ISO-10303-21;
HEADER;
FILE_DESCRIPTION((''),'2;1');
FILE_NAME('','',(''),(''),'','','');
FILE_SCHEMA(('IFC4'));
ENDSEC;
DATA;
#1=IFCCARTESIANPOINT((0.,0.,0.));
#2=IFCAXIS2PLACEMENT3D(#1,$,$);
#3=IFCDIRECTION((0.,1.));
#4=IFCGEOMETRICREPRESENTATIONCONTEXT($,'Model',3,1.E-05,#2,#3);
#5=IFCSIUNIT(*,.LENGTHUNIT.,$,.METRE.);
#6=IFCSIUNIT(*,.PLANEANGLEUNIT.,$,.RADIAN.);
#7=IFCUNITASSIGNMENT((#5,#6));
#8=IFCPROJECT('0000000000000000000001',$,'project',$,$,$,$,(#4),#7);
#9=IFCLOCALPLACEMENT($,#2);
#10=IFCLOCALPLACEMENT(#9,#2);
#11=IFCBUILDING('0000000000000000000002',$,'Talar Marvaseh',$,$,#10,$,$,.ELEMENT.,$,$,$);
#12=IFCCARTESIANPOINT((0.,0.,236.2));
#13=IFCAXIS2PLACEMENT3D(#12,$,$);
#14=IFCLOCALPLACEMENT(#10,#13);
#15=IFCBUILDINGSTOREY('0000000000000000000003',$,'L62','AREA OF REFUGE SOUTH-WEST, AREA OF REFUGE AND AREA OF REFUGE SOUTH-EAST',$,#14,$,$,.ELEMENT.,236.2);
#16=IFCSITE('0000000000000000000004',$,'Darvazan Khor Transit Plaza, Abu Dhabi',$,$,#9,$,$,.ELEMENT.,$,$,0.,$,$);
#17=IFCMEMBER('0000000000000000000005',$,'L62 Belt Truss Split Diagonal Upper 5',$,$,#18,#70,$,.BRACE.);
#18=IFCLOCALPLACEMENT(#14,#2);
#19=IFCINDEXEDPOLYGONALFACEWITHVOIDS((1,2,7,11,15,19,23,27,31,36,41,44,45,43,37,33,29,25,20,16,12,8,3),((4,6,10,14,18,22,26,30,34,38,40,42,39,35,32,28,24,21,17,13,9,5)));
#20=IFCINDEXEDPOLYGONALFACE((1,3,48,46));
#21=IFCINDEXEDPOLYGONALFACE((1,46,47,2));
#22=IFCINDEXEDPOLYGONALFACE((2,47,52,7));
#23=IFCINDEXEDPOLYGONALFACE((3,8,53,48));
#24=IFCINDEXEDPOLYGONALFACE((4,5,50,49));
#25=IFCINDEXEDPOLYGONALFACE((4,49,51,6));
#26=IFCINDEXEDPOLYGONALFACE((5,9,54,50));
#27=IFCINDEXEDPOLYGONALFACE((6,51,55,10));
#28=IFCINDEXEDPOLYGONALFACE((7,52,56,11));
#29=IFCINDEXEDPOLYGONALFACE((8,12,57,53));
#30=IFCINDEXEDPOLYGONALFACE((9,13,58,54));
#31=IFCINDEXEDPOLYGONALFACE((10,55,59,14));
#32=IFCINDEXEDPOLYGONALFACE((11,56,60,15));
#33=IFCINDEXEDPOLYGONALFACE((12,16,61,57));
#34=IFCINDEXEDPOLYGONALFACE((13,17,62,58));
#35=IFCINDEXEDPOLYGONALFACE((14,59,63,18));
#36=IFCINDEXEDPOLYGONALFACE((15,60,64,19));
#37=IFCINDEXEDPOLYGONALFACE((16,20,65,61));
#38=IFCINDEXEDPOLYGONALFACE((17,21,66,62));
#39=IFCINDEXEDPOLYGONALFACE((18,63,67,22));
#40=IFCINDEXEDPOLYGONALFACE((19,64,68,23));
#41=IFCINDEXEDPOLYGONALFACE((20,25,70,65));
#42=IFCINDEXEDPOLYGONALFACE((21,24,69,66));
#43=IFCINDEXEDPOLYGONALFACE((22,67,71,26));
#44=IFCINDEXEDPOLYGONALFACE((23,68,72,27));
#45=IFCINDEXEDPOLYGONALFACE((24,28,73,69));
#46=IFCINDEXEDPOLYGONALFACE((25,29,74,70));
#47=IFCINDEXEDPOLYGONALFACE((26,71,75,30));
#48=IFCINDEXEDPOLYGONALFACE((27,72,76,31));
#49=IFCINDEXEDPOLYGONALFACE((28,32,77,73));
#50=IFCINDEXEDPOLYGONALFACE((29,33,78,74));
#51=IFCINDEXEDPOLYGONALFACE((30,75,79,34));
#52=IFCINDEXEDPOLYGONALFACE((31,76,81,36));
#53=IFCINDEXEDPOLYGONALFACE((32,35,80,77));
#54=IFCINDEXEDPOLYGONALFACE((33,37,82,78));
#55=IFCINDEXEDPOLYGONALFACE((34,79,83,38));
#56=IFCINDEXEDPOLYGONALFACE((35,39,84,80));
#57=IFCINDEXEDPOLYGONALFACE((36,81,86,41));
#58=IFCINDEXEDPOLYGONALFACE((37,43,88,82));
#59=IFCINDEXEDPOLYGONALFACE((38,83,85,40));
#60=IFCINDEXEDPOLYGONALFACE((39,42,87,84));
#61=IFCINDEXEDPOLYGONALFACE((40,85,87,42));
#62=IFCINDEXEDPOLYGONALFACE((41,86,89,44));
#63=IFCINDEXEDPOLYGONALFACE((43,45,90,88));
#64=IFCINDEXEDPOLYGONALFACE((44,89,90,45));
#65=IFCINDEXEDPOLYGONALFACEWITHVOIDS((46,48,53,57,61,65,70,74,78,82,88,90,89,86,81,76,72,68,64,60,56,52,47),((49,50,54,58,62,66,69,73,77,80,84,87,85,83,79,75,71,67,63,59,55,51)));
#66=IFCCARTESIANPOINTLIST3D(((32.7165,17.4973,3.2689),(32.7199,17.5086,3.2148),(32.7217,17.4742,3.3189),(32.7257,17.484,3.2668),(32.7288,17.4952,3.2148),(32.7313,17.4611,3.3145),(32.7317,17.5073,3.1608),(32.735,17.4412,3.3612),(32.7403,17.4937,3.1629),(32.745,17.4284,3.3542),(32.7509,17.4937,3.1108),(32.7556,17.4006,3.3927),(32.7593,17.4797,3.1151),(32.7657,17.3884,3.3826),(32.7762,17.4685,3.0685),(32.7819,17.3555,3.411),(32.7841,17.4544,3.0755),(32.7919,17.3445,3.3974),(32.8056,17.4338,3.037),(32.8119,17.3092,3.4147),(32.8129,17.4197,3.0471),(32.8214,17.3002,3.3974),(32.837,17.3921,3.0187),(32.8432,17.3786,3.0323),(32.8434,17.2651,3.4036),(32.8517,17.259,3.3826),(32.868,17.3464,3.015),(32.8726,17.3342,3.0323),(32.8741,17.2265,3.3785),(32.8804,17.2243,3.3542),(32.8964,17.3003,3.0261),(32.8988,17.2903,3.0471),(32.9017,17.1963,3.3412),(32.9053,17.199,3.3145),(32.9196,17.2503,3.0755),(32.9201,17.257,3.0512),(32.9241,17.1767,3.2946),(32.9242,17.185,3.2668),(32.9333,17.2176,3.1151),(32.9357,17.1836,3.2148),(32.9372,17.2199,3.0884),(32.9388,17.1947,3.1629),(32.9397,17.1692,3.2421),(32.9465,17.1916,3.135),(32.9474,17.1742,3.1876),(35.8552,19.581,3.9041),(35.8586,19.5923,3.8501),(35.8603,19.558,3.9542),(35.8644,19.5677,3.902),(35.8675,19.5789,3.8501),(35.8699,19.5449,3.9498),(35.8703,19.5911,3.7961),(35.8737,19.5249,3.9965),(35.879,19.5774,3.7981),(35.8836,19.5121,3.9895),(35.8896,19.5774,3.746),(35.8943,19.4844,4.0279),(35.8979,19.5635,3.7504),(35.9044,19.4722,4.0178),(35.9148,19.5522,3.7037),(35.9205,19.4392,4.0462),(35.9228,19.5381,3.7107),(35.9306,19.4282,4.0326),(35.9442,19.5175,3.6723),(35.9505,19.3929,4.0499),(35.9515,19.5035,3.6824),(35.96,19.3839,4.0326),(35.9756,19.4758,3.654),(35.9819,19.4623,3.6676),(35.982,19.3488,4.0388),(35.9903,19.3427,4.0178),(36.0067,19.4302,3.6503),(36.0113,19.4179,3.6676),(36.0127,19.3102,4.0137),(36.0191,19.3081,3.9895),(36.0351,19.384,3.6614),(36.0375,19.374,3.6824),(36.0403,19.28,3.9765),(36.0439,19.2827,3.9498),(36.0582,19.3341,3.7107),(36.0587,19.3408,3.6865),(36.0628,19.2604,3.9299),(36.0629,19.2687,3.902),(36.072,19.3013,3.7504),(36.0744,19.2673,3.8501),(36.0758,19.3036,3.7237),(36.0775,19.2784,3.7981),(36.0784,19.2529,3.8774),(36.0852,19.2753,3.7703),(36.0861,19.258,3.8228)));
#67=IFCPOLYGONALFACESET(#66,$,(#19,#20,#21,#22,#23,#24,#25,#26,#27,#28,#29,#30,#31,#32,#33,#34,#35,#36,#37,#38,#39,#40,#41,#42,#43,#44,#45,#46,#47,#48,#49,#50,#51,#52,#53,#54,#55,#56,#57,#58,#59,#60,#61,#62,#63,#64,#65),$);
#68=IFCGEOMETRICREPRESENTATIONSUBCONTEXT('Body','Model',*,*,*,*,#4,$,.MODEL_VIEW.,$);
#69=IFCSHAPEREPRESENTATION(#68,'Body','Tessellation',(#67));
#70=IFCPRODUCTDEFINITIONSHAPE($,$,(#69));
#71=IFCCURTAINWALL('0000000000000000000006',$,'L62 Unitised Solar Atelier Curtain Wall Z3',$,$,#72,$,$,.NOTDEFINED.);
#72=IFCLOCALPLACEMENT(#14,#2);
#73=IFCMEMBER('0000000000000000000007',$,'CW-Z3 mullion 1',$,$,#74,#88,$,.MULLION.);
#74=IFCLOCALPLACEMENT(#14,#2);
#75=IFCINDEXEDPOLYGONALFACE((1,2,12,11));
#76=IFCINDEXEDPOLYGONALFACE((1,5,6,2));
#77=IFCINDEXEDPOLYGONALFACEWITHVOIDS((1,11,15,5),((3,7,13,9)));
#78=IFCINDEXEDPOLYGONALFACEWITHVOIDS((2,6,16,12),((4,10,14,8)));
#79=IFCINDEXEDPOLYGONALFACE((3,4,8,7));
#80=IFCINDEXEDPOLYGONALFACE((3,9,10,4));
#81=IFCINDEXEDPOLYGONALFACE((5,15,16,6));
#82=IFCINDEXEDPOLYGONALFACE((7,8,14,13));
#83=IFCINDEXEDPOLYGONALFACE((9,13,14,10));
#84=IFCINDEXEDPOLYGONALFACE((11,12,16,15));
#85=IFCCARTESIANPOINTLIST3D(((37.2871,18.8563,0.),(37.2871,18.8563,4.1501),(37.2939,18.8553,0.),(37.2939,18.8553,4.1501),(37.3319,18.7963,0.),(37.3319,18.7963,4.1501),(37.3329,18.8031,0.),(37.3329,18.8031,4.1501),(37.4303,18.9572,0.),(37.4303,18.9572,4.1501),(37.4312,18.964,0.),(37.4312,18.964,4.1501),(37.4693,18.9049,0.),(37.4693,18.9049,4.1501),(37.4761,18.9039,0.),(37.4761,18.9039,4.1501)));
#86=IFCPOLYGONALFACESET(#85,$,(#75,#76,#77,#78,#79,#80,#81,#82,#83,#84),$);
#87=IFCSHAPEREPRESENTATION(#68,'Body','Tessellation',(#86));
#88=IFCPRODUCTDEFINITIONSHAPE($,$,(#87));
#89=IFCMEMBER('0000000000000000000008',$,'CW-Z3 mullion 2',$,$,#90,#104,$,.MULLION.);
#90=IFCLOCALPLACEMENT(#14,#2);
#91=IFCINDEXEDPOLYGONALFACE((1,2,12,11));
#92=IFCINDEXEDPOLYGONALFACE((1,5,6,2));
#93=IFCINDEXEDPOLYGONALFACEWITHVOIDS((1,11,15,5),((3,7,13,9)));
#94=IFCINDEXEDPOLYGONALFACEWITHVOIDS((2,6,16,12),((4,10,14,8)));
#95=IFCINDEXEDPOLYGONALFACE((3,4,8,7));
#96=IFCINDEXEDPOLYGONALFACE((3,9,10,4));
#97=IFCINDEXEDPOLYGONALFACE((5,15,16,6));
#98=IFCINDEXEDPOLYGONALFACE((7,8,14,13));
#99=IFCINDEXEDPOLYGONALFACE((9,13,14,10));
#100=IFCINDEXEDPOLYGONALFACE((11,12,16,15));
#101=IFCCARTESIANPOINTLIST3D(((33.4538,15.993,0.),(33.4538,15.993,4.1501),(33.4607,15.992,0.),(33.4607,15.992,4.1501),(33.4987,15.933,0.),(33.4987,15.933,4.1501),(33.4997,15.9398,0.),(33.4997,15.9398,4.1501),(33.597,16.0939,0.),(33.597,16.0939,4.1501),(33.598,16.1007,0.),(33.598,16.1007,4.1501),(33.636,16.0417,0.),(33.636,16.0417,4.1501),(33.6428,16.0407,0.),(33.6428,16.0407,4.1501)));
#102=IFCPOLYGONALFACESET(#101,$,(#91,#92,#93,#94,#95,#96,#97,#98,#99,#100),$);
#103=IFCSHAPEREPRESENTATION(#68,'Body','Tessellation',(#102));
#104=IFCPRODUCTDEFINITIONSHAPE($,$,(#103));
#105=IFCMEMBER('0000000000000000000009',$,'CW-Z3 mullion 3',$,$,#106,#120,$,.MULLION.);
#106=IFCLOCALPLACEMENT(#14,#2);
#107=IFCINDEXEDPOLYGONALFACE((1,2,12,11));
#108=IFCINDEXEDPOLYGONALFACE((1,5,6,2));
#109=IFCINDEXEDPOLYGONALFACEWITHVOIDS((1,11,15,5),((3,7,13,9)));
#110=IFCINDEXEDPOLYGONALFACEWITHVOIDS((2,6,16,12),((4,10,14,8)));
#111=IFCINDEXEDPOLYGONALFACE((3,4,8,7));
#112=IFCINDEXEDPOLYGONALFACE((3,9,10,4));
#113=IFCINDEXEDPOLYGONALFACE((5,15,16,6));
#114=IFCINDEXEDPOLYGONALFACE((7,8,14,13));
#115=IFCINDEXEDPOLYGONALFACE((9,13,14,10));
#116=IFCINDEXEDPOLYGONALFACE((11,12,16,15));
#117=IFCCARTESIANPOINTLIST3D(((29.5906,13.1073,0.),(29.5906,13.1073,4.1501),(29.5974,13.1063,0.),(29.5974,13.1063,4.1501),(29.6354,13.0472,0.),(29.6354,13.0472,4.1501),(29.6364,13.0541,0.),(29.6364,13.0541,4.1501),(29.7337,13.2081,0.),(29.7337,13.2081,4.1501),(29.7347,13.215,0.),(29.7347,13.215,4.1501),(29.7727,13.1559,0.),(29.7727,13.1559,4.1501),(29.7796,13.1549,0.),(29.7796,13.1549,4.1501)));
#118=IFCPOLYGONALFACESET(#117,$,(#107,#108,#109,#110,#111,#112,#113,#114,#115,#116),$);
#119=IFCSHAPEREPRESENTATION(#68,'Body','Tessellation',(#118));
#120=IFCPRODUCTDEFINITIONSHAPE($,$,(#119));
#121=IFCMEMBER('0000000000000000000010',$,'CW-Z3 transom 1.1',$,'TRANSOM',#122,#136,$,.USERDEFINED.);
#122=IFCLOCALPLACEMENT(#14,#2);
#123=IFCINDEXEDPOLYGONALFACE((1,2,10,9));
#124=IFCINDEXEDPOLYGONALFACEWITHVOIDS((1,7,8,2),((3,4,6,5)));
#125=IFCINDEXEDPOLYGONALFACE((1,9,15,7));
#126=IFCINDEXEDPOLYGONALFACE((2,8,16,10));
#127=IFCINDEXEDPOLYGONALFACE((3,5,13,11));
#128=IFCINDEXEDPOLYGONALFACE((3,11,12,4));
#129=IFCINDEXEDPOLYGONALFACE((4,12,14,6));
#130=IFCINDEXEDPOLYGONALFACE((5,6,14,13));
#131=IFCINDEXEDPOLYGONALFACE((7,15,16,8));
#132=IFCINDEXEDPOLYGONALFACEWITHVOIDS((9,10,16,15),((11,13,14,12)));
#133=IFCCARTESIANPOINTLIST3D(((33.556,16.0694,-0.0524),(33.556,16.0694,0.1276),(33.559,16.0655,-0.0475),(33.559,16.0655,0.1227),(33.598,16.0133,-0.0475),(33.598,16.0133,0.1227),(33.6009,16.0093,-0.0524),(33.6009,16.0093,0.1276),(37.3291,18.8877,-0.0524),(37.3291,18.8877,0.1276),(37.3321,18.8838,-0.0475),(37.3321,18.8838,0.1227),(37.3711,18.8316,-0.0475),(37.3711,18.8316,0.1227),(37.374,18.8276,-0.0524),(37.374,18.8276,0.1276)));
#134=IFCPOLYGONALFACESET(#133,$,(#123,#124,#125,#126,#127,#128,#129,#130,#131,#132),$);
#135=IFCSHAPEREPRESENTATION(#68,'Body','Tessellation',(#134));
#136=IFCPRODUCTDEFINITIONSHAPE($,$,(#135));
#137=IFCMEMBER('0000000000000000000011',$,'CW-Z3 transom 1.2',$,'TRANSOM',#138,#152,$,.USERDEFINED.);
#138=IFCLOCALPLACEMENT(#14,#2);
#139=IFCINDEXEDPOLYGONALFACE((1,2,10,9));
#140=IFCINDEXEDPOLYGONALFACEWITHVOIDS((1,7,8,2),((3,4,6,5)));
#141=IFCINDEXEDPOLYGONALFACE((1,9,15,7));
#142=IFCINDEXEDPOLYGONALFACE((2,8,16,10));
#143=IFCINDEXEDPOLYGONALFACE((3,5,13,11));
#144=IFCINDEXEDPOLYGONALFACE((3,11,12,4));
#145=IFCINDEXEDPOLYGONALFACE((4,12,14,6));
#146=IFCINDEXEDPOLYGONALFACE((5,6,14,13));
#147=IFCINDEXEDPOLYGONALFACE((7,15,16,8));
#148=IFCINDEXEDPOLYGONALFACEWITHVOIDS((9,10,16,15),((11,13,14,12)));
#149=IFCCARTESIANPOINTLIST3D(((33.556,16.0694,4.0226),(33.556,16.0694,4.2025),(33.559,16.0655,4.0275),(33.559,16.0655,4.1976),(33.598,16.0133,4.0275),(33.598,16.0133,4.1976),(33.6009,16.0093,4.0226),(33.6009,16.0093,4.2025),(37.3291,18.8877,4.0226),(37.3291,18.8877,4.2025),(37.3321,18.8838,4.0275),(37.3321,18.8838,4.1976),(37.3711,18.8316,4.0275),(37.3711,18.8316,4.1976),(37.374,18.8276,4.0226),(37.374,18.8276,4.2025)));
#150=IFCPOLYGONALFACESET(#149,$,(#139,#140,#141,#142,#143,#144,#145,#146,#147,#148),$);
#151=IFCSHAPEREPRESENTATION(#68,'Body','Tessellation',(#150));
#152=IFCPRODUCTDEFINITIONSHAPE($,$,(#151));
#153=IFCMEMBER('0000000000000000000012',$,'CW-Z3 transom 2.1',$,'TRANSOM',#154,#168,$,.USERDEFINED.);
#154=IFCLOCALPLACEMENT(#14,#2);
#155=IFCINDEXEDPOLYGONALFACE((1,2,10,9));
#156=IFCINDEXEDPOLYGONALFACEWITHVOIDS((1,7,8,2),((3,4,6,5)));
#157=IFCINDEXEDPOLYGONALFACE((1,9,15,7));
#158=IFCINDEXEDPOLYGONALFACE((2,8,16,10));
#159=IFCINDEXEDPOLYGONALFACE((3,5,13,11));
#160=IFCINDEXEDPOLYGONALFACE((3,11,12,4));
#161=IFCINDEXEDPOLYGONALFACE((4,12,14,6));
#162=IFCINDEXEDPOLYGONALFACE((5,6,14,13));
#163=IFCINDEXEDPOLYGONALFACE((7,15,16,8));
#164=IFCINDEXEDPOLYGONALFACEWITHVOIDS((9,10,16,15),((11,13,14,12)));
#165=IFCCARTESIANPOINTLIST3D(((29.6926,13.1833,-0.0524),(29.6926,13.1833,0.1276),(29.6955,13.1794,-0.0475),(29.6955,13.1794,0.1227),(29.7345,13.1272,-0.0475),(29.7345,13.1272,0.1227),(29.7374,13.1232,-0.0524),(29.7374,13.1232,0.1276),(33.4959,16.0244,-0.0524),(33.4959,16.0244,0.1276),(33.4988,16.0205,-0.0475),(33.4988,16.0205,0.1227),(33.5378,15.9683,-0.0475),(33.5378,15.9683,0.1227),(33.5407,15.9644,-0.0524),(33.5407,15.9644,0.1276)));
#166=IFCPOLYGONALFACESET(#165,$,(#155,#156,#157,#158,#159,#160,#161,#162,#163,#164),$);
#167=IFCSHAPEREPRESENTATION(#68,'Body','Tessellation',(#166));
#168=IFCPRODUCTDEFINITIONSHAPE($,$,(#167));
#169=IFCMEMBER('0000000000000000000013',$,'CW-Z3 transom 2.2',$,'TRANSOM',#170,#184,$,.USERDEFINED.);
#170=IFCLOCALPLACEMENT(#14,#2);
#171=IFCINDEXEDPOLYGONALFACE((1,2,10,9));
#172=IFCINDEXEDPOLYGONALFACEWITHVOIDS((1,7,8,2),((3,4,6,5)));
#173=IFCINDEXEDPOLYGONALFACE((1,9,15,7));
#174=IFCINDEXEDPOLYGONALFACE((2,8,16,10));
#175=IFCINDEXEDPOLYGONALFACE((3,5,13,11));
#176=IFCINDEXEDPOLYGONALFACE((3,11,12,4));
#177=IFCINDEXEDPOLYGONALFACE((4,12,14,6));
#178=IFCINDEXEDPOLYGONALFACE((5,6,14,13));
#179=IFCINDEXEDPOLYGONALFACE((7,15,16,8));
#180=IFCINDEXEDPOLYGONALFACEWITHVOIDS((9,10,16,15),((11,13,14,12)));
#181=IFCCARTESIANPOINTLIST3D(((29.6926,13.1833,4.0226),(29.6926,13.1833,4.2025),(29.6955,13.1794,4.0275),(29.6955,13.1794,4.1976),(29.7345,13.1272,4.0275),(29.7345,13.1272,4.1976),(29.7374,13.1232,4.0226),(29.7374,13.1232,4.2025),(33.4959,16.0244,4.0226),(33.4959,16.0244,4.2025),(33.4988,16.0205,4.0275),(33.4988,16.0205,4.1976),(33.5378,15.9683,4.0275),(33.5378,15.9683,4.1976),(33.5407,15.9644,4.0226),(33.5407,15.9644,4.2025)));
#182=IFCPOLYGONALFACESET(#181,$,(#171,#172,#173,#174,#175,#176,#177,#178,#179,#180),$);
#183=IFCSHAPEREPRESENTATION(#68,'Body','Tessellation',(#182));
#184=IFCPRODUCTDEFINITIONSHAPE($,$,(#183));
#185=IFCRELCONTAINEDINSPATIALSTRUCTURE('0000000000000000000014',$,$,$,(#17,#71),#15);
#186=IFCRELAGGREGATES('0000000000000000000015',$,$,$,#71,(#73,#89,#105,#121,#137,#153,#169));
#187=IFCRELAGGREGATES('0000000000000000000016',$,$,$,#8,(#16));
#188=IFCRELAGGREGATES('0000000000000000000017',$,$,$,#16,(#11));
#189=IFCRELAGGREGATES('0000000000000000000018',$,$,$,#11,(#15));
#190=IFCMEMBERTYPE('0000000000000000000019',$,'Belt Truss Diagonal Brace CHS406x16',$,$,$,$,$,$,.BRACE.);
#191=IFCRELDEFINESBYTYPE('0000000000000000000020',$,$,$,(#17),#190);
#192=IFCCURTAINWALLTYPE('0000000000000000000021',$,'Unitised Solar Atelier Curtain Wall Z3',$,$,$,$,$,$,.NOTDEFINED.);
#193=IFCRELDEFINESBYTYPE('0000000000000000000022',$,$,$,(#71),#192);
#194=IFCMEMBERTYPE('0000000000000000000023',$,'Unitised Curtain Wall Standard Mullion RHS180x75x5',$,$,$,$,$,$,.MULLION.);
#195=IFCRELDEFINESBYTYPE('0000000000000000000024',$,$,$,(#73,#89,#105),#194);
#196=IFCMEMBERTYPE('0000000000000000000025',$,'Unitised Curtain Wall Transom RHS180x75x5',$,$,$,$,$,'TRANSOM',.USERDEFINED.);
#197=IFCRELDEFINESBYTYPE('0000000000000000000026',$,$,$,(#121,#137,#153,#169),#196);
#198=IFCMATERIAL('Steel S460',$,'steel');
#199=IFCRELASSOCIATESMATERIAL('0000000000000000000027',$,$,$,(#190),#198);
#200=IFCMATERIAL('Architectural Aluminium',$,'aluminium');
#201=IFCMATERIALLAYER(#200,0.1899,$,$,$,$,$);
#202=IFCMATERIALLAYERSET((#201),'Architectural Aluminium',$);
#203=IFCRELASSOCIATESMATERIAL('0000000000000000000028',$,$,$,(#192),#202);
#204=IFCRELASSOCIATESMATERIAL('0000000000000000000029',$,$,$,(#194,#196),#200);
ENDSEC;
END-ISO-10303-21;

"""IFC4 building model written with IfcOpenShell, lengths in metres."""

from ifc_helpers import new_model, si_unit, direction, frame, origin, origin_2d, place, context, subcontext, project, spatial, hollow_rectangle, hollow_circle, extrude, source, transform, mapped, material, layer, layer_set, material_profile, profile_set, type_object, type_shapes, element, aggregate, save


model = new_model("IFC4")

# Units and contexts
model_context = context("Model", 3, precision=1e-05, world=origin(), true_north=direction((0.0, 1.0)))
body_context = subcontext(model_context, "Body", "Model", "MODEL_VIEW")
ifc_project = project(units=[si_unit("LENGTHUNIT", "METRE"), si_unit("PLANEANGLEUNIT", "RADIAN")], contexts=[model_context])

# Site, building, storey
site_placement = place(None, origin())
site = spatial("IfcSite", under=ifc_project, at=site_placement, Name="Darvazan Khor Transit Plaza, Abu Dhabi", CompositionType="ELEMENT", RefElevation=0.0)
building_placement = place(site_placement, origin())
building = spatial("IfcBuilding", under=site, at=building_placement, Name="Talar Marvaseh", CompositionType="ELEMENT")
storey_placement = place(building_placement, frame((0.0, 0.0, 236.2)))
storey = spatial("IfcBuildingStorey", under=building, at=storey_placement, Name="L62", Description="AREA OF REFUGE SOUTH-WEST, AREA OF REFUGE AND AREA OF REFUGE SOUTH-EAST", CompositionType="ELEMENT", Elevation=236.2)

# Shared definitions
ifc_material_1 = material(Name="Steel S460", Category="steel")

# Member
ifc_material_profile_1 = material_profile(ifc_material_1, hollow_circle(Radius=0.2031, WallThickness=0.0161, at=origin_2d()), Name="CHS406x16")
ifc_profile_set_1 = profile_set([ifc_material_profile_1], Name="Steel S460")
member_type_1 = type_object("IfcMemberType", Name="Belt Truss Diagonal Brace CHS406x16", PredefinedType="BRACE", material=ifc_profile_set_1)
shared_shape_1 = source(origin(), body_context, "Body", "SweptSolid", [
    extrude(hollow_circle(Radius=0.2031, WallThickness=0.0161, at=origin_2d()), origin(), (0.0, 0.0, 1.0), 3.8206),
])
member_1_placement = place(storey_placement, frame((32.8323, 17.3394, 3.2148), z_axis=(0.821519, 0.5454, 0.166272), x_axis=(-0.553099, 0.833116, 0.0)))
element("IfcMember", 1, at=member_1_placement, inside=storey, type_object=member_type_1, Name="L62 Belt Truss Split Diagonal Upper 5", PredefinedType="BRACE", context=body_context, shape_type="MappedRepresentation", body=[
    mapped(shared_shape_1, transform((0.0, 0.0, 0.0), x_axis=(1.0, 0.0, 0.0), y_axis=(0.0, 1.0, 0.0), z_axis=(0.0, 0.0, 1.0), scale=1.0)),
])

# Curtain wall, members
ifc_material_2 = material(Name="Architectural Aluminium", Category="aluminium")
ifc_layer_1 = layer(ifc_material_2, 0.1899)
ifc_layer_set_1 = layer_set([ifc_layer_1], Name="Architectural Aluminium")
curtain_wall_type = type_object("IfcCurtainWallType", Name="Unitised Solar Atelier Curtain Wall Z3", PredefinedType="NOTDEFINED", material=ifc_layer_set_1)
curtain_wall_placement = place(storey_placement, origin())
curtain_wall = element("IfcCurtainWall", 2, at=curtain_wall_placement, inside=storey, type_object=curtain_wall_type, Name="L62 Unitised Solar Atelier Curtain Wall Z3", PredefinedType="NOTDEFINED")
ifc_material_profile_2 = material_profile(ifc_material_2, hollow_rectangle(XDim=0.075, YDim=0.1799, WallThickness=0.0049, at=origin_2d()), Name="RHS180x75x5")
ifc_profile_set_2 = profile_set([ifc_material_profile_2], Name="Architectural Aluminium")
member_type_2 = type_object("IfcMemberType", Name="Unitised Curtain Wall Standard Mullion RHS180x75x5", PredefinedType="MULLION", material=ifc_profile_set_2)
shared_shape_2 = source(origin(), body_context, "Body", "SweptSolid", [
    extrude(hollow_rectangle(XDim=0.075, YDim=0.1799, WallThickness=0.0049, at=origin_2d()), origin(), (0.0, 0.0, 1.0), 4.1501),
])
type_shapes(member_type_2, [shared_shape_2])
member_2_placement = place(storey_placement, frame((37.3816, 18.8801, 0.0), z_axis=(0.0, 0.0, 1.0), x_axis=(0.598448, -0.801162, 0.0)))
member_2 = element("IfcMember", 3, at=member_2_placement, type_object=member_type_2, Name="CW-Z3 mullion 1", PredefinedType="MULLION", context=body_context, shape_type="MappedRepresentation", body=[
    mapped(shared_shape_2, transform((0.0, 0.0, 0.0), x_axis=(1.0, 0.0, 0.0), y_axis=(0.0, 1.0, 0.0), z_axis=(0.0, 0.0, 1.0), scale=1.0)),
])
member_3_placement = place(storey_placement, frame((33.5483, 16.0168, 0.0), z_axis=(0.0, 0.0, 1.0), x_axis=(0.598448, -0.801162, 0.0)))
member_3 = element("IfcMember", 4, at=member_3_placement, type_object=member_type_2, Name="CW-Z3 mullion 2", PredefinedType="MULLION", context=body_context, shape_type="MappedRepresentation", body=[
    mapped(shared_shape_2, transform((0.0, 0.0, 0.0), x_axis=(1.0, 0.0, 0.0), y_axis=(0.0, 1.0, 0.0), z_axis=(0.0, 0.0, 1.0), scale=1.0)),
])
member_4_placement = place(storey_placement, frame((29.6851, 13.1311, 0.0), z_axis=(0.0, 0.0, 1.0), x_axis=(0.598448, -0.801162, 0.0)))
member_4 = element("IfcMember", 5, at=member_4_placement, type_object=member_type_2, Name="CW-Z3 mullion 3", PredefinedType="MULLION", context=body_context, shape_type="MappedRepresentation", body=[
    mapped(shared_shape_2, transform((0.0, 0.0, 0.0), x_axis=(1.0, 0.0, 0.0), y_axis=(0.0, 1.0, 0.0), z_axis=(0.0, 0.0, 1.0), scale=1.0)),
])
ifc_material_profile_3 = material_profile(ifc_material_2, hollow_rectangle(XDim=0.075, YDim=0.1799, WallThickness=0.0049, at=origin_2d()), Name="RHS180x75x5")
ifc_profile_set_3 = profile_set([ifc_material_profile_3], Name="Architectural Aluminium")
member_type_3 = type_object("IfcMemberType", Name="Unitised Curtain Wall Transom RHS180x75x5", ElementType="TRANSOM", PredefinedType="USERDEFINED", material=ifc_profile_set_3)
shared_shape_3 = source(origin(), body_context, "Body", "SweptSolid", [
    extrude(hollow_rectangle(XDim=0.075, YDim=0.1799, WallThickness=0.0049, at=origin_2d()), origin(), (0.0, 0.0, 1.0), 4.7095),
])
member_5_placement = place(storey_placement, frame((37.3516, 18.8577, 0.0376), z_axis=(-0.801174, -0.598431, 0.0), x_axis=(0.598431, -0.801174, 0.0)))
member_5 = element("IfcMember", 6, at=member_5_placement, type_object=member_type_3, Name="CW-Z3 transom 1.1", ObjectType="TRANSOM", PredefinedType="USERDEFINED", context=body_context, shape_type="MappedRepresentation", body=[
    mapped(shared_shape_3, transform((0.0, 0.0, 0.0), x_axis=(1.0, 0.0, 0.0), y_axis=(0.0, 1.0, 0.0), z_axis=(0.0, 0.0, 1.0), scale=1.0)),
])
member_6_placement = place(storey_placement, frame((37.3516, 18.8577, 4.1125), z_axis=(-0.801174, -0.598431, 0.0), x_axis=(0.598431, -0.801174, 0.0)))
member_6 = element("IfcMember", 7, at=member_6_placement, type_object=member_type_3, Name="CW-Z3 transom 1.2", ObjectType="TRANSOM", PredefinedType="USERDEFINED", context=body_context, shape_type="MappedRepresentation", body=[
    mapped(shared_shape_3, transform((0.0, 0.0, 0.0), x_axis=(1.0, 0.0, 0.0), y_axis=(0.0, 1.0, 0.0), z_axis=(0.0, 0.0, 1.0), scale=1.0)),
])
shared_shape_4 = source(origin(), body_context, "Body", "SweptSolid", [
    extrude(hollow_rectangle(XDim=0.075, YDim=0.1799, WallThickness=0.0049, at=origin_2d()), origin(), (0.0, 0.0, 1.0), 4.7473),
])
type_shapes(member_type_3, [shared_shape_3, shared_shape_4])
member_7_placement = place(storey_placement, frame((33.5183, 15.9944, 0.0376), z_axis=(-0.801146, -0.598468, 0.0), x_axis=(0.598468, -0.801146, 0.0)))
member_7 = element("IfcMember", 8, at=member_7_placement, type_object=member_type_3, Name="CW-Z3 transom 2.1", ObjectType="TRANSOM", PredefinedType="USERDEFINED", context=body_context, shape_type="MappedRepresentation", body=[
    mapped(shared_shape_4, transform((0.0, 0.0, 0.0), x_axis=(1.0, 0.0, 0.0), y_axis=(0.0, 1.0, 0.0), z_axis=(0.0, 0.0, 1.0), scale=1.0)),
])
member_8_placement = place(storey_placement, frame((33.5183, 15.9944, 4.1125), z_axis=(-0.801146, -0.598468, 0.0), x_axis=(0.598468, -0.801146, 0.0)))
member_8 = element("IfcMember", 9, at=member_8_placement, type_object=member_type_3, Name="CW-Z3 transom 2.2", ObjectType="TRANSOM", PredefinedType="USERDEFINED", context=body_context, shape_type="MappedRepresentation", body=[
    mapped(shared_shape_4, transform((0.0, 0.0, 0.0), x_axis=(1.0, 0.0, 0.0), y_axis=(0.0, 1.0, 0.0), z_axis=(0.0, 0.0, 1.0), scale=1.0)),
])

aggregate(curtain_wall, [member_2, member_3, member_4, member_5, member_6, member_7, member_8])

save(model, "model.ifc")
